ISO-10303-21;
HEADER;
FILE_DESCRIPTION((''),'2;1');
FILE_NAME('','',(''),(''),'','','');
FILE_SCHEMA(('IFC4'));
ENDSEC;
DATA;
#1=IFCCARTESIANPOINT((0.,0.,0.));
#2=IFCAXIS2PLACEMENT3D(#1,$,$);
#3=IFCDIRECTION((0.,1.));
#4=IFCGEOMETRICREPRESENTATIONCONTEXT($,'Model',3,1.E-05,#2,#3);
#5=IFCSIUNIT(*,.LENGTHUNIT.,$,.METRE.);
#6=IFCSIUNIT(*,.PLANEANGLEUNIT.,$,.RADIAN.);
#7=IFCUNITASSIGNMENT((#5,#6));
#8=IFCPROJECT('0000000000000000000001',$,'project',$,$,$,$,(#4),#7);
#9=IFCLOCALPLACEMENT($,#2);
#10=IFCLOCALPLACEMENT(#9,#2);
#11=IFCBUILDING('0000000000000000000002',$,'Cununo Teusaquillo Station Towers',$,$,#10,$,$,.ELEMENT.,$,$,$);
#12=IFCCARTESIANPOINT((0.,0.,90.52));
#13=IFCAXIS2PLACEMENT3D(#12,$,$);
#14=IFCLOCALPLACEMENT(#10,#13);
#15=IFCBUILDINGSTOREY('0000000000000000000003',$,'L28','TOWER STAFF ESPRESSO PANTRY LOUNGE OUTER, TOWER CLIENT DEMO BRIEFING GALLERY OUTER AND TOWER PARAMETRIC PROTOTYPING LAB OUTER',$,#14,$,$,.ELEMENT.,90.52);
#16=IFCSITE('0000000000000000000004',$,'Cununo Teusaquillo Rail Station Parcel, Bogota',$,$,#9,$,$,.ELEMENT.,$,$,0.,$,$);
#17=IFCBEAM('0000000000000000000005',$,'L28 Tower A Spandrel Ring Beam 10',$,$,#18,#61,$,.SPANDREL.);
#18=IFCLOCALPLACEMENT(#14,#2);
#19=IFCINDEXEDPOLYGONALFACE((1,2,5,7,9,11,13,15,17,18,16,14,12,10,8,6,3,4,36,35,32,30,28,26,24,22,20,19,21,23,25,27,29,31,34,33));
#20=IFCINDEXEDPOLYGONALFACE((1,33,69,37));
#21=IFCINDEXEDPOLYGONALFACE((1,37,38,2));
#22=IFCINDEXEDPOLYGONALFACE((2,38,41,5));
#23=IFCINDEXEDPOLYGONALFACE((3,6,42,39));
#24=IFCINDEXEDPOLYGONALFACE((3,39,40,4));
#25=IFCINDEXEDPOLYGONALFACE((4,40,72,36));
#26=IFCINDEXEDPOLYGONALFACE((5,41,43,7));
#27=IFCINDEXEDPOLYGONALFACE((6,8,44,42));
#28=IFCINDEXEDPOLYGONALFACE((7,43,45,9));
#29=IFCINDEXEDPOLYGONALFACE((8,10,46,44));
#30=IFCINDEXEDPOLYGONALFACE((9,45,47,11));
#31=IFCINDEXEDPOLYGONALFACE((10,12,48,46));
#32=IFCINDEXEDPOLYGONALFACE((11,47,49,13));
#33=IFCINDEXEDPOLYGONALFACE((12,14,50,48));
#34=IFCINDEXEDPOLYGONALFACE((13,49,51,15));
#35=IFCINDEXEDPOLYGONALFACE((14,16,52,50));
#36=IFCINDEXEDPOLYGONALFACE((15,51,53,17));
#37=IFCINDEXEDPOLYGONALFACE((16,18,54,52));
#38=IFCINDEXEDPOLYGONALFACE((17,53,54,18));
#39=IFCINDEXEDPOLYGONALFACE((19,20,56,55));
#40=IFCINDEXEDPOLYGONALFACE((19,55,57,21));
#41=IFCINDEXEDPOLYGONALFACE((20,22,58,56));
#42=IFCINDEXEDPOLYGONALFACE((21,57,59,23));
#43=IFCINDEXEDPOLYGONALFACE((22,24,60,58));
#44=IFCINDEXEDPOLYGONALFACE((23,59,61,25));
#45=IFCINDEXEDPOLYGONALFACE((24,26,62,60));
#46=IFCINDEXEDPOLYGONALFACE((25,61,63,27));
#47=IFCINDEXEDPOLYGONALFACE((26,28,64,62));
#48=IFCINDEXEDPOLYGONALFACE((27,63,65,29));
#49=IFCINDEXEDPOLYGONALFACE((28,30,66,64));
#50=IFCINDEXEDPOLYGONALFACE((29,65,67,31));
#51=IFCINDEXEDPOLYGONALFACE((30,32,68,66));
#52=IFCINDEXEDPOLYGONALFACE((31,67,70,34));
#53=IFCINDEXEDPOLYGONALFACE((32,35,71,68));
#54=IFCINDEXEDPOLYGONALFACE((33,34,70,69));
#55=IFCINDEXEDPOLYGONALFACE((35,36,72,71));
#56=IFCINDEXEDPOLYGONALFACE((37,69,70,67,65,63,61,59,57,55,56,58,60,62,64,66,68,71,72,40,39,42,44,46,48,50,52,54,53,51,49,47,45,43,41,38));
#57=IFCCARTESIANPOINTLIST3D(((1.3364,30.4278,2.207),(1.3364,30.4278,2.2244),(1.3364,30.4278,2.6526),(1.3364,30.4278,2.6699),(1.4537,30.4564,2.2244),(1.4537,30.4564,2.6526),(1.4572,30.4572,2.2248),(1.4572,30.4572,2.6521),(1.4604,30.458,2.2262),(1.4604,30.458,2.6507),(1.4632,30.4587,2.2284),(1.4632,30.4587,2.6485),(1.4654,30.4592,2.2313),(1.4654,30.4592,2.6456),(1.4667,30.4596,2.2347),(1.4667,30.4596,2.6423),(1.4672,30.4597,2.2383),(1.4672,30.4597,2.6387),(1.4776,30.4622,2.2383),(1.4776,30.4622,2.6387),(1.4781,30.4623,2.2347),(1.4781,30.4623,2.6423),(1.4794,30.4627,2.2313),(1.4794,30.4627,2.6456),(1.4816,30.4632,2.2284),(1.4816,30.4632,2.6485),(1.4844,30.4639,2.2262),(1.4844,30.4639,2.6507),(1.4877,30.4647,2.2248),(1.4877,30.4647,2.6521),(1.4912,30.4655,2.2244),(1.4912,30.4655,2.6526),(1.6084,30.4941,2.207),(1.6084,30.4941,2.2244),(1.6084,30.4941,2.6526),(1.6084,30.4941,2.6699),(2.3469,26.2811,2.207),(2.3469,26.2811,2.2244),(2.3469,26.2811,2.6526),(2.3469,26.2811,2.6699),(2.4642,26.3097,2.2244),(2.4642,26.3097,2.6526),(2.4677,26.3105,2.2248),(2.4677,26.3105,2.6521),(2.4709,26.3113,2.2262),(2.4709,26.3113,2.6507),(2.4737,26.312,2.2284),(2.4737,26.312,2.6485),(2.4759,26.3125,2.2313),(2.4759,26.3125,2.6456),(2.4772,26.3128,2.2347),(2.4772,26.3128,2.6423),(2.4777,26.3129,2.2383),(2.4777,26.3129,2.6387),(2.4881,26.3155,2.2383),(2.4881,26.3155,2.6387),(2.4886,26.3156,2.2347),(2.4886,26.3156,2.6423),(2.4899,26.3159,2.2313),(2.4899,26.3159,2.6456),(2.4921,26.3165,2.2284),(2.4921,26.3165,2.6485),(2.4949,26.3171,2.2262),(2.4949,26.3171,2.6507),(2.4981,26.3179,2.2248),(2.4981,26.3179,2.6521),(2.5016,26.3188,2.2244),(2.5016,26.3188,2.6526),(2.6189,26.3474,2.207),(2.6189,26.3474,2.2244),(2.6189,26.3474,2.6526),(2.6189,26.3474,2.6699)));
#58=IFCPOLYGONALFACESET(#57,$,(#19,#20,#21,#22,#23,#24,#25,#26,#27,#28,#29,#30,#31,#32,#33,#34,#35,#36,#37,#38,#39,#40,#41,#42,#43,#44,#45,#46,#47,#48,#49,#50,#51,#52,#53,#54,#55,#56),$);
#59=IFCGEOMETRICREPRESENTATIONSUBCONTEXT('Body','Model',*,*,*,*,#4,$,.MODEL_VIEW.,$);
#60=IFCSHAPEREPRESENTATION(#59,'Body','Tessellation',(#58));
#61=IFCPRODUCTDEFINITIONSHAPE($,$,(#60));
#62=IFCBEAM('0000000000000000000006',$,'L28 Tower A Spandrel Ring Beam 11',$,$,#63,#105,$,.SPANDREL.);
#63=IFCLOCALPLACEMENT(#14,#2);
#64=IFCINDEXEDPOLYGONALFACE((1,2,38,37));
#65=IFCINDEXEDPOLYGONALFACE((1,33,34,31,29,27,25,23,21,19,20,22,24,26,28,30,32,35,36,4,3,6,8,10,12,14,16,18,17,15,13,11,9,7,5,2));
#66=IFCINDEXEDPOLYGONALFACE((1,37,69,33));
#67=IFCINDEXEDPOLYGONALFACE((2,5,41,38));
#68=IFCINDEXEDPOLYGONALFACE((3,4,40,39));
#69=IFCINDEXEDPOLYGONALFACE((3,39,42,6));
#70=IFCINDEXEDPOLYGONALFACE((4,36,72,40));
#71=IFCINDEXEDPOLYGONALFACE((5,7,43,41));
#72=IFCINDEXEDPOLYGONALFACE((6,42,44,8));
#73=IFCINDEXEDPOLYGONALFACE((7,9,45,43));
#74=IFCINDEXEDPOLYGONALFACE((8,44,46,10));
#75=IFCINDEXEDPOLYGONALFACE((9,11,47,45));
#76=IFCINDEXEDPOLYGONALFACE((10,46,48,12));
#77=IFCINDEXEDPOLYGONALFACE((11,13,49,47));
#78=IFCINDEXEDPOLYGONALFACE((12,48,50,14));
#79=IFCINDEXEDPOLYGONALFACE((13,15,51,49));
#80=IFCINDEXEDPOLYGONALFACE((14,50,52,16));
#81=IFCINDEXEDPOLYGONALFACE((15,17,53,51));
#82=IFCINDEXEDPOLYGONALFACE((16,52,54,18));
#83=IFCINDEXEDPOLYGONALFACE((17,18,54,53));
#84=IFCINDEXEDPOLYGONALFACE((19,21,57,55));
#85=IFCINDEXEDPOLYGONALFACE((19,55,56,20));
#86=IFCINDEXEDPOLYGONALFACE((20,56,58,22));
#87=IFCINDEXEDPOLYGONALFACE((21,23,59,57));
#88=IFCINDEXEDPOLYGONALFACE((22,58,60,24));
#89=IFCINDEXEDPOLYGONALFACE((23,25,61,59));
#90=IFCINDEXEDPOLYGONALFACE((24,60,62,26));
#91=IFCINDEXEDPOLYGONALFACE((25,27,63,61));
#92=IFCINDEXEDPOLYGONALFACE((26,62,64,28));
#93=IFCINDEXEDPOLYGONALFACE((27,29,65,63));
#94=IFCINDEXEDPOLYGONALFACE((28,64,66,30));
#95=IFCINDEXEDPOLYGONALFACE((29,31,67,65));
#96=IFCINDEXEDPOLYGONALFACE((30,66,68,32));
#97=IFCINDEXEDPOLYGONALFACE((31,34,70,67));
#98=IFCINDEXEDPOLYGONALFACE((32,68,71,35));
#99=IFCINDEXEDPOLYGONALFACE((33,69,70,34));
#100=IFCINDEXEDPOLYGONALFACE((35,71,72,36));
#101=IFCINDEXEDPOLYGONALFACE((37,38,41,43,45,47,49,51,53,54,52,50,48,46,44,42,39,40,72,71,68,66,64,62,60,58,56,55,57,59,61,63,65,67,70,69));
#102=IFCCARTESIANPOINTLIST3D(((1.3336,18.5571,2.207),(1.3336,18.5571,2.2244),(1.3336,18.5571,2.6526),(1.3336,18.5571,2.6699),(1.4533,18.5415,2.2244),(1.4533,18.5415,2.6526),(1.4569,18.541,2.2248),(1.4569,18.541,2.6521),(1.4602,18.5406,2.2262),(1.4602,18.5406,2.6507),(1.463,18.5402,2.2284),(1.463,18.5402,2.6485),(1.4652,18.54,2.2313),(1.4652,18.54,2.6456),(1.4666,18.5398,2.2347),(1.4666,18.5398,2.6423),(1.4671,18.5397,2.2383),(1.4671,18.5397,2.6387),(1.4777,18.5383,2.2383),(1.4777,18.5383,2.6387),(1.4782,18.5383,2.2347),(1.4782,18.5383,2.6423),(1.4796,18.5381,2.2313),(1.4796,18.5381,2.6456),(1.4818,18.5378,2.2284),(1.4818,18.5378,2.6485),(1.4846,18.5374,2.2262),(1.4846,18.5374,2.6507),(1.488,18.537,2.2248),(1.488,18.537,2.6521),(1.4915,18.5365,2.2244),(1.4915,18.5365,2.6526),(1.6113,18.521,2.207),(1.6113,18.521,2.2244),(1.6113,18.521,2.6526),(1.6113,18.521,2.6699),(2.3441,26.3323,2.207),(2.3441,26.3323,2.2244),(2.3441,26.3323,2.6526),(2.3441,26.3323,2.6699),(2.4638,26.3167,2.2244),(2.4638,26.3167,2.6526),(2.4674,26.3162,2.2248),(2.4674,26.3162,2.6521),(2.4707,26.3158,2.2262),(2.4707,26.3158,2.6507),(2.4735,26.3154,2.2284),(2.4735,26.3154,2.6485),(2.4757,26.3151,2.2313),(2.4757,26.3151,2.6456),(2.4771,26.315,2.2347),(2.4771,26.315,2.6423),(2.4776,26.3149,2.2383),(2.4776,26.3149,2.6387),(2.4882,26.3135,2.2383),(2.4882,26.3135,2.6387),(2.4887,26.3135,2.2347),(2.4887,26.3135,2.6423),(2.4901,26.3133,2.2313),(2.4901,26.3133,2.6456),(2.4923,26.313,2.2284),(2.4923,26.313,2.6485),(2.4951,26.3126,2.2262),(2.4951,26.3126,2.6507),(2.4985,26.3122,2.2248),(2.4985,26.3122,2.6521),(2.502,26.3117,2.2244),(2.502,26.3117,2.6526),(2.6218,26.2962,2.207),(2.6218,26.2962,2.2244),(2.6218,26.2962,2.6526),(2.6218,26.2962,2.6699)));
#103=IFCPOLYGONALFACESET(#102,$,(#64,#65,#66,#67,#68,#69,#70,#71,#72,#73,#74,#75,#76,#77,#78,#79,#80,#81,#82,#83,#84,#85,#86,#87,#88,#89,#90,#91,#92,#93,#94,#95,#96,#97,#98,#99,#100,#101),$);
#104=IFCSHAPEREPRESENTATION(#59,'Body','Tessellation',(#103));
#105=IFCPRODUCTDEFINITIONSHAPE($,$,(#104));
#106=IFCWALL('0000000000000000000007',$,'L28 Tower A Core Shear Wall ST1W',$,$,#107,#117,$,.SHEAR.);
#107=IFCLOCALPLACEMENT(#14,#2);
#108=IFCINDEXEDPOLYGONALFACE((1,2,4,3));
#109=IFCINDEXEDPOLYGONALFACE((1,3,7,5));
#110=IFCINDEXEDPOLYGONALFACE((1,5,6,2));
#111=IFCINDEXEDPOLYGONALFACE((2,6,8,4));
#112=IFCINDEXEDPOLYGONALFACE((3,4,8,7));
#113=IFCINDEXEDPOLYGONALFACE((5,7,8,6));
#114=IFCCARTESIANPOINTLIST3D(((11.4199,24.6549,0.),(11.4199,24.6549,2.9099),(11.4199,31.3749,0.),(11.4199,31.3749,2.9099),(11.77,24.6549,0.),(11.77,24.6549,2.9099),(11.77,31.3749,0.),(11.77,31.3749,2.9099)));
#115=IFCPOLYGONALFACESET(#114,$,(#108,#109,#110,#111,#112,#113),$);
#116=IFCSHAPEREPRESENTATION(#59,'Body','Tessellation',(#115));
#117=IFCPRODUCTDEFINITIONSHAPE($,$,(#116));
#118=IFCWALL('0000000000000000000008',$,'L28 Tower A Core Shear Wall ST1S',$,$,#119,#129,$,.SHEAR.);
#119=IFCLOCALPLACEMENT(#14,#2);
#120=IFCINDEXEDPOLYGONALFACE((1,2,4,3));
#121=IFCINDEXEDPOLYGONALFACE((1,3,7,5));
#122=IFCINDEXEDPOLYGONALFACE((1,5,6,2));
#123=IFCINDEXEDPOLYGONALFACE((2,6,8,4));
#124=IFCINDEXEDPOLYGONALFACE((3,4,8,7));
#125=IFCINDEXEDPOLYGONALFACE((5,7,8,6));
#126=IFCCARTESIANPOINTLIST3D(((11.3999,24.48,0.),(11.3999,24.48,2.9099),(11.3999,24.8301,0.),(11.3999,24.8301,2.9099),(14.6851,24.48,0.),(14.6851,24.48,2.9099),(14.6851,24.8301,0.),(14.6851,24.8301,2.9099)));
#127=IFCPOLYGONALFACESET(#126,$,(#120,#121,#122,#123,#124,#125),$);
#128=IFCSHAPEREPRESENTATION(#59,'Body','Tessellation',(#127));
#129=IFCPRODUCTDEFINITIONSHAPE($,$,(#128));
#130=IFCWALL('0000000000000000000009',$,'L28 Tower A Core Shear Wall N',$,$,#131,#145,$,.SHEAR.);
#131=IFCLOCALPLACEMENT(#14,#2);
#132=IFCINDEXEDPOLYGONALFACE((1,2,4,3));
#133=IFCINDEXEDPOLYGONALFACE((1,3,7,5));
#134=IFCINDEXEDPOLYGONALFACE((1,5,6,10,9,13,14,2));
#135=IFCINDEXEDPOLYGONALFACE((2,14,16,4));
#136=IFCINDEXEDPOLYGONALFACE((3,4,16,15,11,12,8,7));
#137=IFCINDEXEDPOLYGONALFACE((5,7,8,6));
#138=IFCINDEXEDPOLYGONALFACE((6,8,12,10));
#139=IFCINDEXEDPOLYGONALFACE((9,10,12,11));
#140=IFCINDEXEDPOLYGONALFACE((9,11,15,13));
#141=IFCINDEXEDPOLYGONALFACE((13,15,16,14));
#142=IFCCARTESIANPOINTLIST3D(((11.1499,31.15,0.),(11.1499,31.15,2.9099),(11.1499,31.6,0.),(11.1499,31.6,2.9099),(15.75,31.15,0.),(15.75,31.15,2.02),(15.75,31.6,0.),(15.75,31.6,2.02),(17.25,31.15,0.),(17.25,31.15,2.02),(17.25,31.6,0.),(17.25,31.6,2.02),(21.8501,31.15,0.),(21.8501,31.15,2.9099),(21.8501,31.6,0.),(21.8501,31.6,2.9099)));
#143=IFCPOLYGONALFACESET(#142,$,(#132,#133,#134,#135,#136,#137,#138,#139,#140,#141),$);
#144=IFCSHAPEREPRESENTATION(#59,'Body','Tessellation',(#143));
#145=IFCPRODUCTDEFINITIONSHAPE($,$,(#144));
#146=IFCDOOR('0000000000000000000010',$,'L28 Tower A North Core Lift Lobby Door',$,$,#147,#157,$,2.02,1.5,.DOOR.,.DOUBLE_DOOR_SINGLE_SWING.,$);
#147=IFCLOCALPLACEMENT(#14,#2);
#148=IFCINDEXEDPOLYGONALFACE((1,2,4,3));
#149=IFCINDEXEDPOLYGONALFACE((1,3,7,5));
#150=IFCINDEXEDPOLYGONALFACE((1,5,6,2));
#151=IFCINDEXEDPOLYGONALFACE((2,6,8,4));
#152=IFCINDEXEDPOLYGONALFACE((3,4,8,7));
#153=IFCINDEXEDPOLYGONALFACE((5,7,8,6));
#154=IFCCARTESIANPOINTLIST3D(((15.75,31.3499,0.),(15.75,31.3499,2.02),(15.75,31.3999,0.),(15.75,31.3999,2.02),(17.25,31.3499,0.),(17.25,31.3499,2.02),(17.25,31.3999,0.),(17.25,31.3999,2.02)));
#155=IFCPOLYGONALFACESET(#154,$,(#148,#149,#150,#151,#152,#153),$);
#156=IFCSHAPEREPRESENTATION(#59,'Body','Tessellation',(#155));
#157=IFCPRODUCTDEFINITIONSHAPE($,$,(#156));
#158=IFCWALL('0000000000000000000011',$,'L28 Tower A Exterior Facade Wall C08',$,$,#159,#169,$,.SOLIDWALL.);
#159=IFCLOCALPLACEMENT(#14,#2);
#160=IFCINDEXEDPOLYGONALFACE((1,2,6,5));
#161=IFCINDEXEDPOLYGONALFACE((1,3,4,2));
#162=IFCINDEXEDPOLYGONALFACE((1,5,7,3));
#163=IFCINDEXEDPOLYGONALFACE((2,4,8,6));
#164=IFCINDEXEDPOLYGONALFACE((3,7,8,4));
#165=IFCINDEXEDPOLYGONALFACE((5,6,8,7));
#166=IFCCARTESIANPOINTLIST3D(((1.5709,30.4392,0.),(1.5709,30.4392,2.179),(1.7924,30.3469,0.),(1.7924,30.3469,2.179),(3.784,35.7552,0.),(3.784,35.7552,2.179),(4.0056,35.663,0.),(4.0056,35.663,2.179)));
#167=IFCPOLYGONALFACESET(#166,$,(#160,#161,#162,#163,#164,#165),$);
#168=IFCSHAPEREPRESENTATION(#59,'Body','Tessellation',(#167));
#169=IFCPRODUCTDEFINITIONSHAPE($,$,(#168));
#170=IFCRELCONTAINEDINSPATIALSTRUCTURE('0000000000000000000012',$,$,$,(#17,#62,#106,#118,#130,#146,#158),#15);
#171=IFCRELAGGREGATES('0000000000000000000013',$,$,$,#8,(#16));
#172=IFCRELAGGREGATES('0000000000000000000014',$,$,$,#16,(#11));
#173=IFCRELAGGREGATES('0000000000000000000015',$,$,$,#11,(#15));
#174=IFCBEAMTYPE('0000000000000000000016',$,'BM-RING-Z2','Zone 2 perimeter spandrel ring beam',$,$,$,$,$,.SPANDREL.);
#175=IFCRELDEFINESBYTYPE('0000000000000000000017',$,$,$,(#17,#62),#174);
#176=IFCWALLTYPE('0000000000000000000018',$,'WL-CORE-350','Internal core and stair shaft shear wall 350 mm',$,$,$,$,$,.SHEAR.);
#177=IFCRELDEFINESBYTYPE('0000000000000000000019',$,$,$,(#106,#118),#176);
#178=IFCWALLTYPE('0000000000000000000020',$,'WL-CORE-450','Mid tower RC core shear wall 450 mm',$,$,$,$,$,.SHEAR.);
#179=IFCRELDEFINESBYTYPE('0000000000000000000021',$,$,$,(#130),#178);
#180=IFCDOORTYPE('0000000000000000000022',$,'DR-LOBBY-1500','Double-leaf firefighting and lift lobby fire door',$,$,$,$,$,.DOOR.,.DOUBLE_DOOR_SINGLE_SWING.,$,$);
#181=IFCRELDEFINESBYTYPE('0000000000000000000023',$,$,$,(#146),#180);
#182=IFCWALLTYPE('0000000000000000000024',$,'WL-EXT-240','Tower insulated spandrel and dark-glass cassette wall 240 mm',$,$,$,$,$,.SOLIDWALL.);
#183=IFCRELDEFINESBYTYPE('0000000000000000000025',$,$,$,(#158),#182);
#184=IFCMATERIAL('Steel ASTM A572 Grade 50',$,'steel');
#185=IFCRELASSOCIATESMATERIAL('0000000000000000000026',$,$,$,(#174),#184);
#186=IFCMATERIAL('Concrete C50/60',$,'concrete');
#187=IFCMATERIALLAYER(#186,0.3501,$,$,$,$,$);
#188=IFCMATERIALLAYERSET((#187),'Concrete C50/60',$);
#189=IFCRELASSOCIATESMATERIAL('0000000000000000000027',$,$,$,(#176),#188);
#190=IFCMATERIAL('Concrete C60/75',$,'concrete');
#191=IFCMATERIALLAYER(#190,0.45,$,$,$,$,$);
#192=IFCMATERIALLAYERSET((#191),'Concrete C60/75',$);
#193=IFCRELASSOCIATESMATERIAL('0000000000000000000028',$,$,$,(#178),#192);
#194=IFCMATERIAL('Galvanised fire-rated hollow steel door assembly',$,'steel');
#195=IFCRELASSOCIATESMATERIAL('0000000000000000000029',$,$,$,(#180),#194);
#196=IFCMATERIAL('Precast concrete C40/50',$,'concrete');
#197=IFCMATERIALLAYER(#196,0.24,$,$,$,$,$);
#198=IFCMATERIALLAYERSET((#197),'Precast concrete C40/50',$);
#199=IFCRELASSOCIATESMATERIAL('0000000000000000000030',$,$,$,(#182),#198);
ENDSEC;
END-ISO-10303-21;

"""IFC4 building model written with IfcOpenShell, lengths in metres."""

from ifc_helpers import new_model, si_unit, direction, frame, frame_2d, origin, origin_2d, place, context, subcontext, project, spatial, rectangle, i_section, extrude, source, transform, mapped, material, layer, layer_set, material_profile, profile_set, type_object, element, fill, save


model = new_model("IFC4")

# Units and contexts
model_context = context("Model", 3, precision=1e-05, world=origin(), true_north=direction((0.0, 1.0)))
body_context = subcontext(model_context, "Body", "Model", "MODEL_VIEW")
ifc_project = project(units=[si_unit("LENGTHUNIT", "METRE"), si_unit("PLANEANGLEUNIT", "RADIAN")], contexts=[model_context])

# Site, building, storey
site_placement = place(None, origin())
site = spatial("IfcSite", under=ifc_project, at=site_placement, Name="Cununo Teusaquillo Rail Station Parcel, Bogota", CompositionType="ELEMENT", RefElevation=0.0)
building_placement = place(site_placement, origin())
building = spatial("IfcBuilding", under=site, at=building_placement, Name="Cununo Teusaquillo Station Towers", CompositionType="ELEMENT")
storey_placement = place(building_placement, frame((0.0, 0.0, 90.52)))
storey = spatial("IfcBuildingStorey", under=building, at=storey_placement, Name="L28", Description="TOWER STAFF ESPRESSO PANTRY LOUNGE OUTER, TOWER CLIENT DEMO BRIEFING GALLERY OUTER AND TOWER PARAMETRIC PROTOTYPING LAB OUTER", CompositionType="ELEMENT", Elevation=90.52)

# Beams
ifc_material_1 = material(Name="Steel ASTM A572 Grade 50", Category="steel")
ifc_material_profile_1 = material_profile(ifc_material_1, i_section(OverallWidth=0.28, OverallDepth=0.4629, WebThickness=0.0107, FlangeThickness=0.0173, FilletRadius=0.0139, at=origin_2d()), Name="W18X76")
ifc_profile_set_1 = profile_set([ifc_material_profile_1], Name="Steel ASTM A572 Grade 50")
beam_type_1 = type_object("IfcBeamType", Name="BM-RING-Z2", Description="Zone 2 perimeter spandrel ring beam", PredefinedType="SPANDREL", material=ifc_profile_set_1)
beam_1_placement = place(storey_placement, frame((1.4724, 30.4609, 2.4385), z_axis=(0.236757, -0.971569, 0.0), x_axis=(0.971569, 0.236757, 0.0)))
element("IfcBeam", 1, at=beam_1_placement, inside=storey, type_object=beam_type_1, Name="L28 Tower A Spandrel Ring Beam 10", PredefinedType="SPANDREL", context=body_context, shape_type="SweptSolid", body=[
    extrude(i_section(OverallWidth=0.28, OverallDepth=0.4629, WebThickness=0.0107, FlangeThickness=0.0173, FilletRadius=0.0139, at=origin_2d()), origin(), (0.0, 0.0, 1.0), 4.2681),
])
beam_2_placement = place(storey_placement, frame((2.4829, 26.3142, 2.4385), z_axis=(-0.128881, -0.99166, 0.0), x_axis=(0.99166, -0.128881, 0.0)))
element("IfcBeam", 2, at=beam_2_placement, inside=storey, type_object=beam_type_1, Name="L28 Tower A Spandrel Ring Beam 11", PredefinedType="SPANDREL", context=body_context, shape_type="SweptSolid", body=[
    extrude(i_section(OverallWidth=0.28, OverallDepth=0.4629, WebThickness=0.0107, FlangeThickness=0.0173, FilletRadius=0.0139, at=origin_2d()), origin(), (0.0, 0.0, 1.0), 7.8406),
])

# Walls
ifc_material_2 = material(Name="Concrete C50/60", Category="concrete")
ifc_layer_1 = layer(ifc_material_2, 0.3501)
ifc_layer_set_1 = layer_set([ifc_layer_1], Name="Concrete C50/60")
wall_type_1 = type_object("IfcWallType", Name="WL-CORE-350", Description="Internal core and stair shaft shear wall 350 mm", PredefinedType="SHEAR", material=ifc_layer_set_1)
wall_1_placement = place(storey_placement, frame((11.595, 24.655, 0.0), z_axis=(0.0, 0.0, 1.0), x_axis=(0.0, 1.0, 0.0)))
element("IfcWall", 3, at=wall_1_placement, inside=storey, type_object=wall_type_1, Name="L28 Tower A Core Shear Wall ST1W", PredefinedType="SHEAR", context=body_context, shape_type="SweptSolid", body=[
    extrude(rectangle(XDim=6.72, YDim=0.3501, at=frame_2d((3.3599, 0.0))), origin(), (0.0, 0.0, 1.0), 2.9099),
])
wall_2_placement = place(storey_placement, frame((11.3999, 24.655, 0.0), z_axis=(0.0, 0.0, 1.0), x_axis=(1.0, 0.0, 0.0)))
element("IfcWall", 4, at=wall_2_placement, inside=storey, type_object=wall_type_1, Name="L28 Tower A Core Shear Wall ST1S", PredefinedType="SHEAR", context=body_context, shape_type="SweptSolid", body=[
    extrude(rectangle(XDim=3.2852, YDim=0.3501, at=frame_2d((1.6426, 0.0))), origin(), (0.0, 0.0, 1.0), 2.9099),
])

# Wall, opening, door
ifc_material_3 = material(Name="Concrete C60/75", Category="concrete")
ifc_layer_2 = layer(ifc_material_3, 0.45)
ifc_layer_set_2 = layer_set([ifc_layer_2], Name="Concrete C60/75")
wall_type_2 = type_object("IfcWallType", Name="WL-CORE-450", Description="Mid tower RC core shear wall 450 mm", PredefinedType="SHEAR", material=ifc_layer_set_2)
wall_3_placement = place(storey_placement, frame((11.1499, 31.375, 0.0), z_axis=(0.0, 0.0, 1.0), x_axis=(1.0, 0.0, 0.0)))
wall_3 = element("IfcWall", 5, at=wall_3_placement, inside=storey, type_object=wall_type_2, Name="L28 Tower A Core Shear Wall N", PredefinedType="SHEAR", context=body_context, shape_type="SweptSolid", body=[
    extrude(rectangle(XDim=10.7002, YDim=0.45, at=frame_2d((5.3501, 0.0))), origin(), (0.0, 0.0, 1.0), 2.9099),
])
shared_shape_1 = source(origin(), body_context, "Body", "SweptSolid", [
    extrude(rectangle(XDim=1.5, YDim=2.02, at=frame_2d((0.75, 1.01))), frame((0.0, 0.2349, 0.0), z_axis=(0.0, -1.0, 0.0), x_axis=(1.0, 0.0, 0.0)), (0.0, 0.0, 1.0), 0.47),
])
opening_1_placement = place(wall_3_placement, frame((4.6001, 0.0, 0.0)))
opening_1 = element("IfcOpeningElement", 6, at=opening_1_placement, cuts=wall_3, PredefinedType="OPENING", context=body_context, shape_type="MappedRepresentation", body=[
    mapped(shared_shape_1, transform((0.0, 0.0, 0.0), x_axis=(1.0, 0.0, 0.0), y_axis=(0.0, 1.0, 0.0), z_axis=(0.0, 0.0, 1.0), scale=1.0)),
])
ifc_material_4 = material(Name="Galvanised fire-rated hollow steel door assembly", Category="steel")
door_type_1 = type_object("IfcDoorType", Name="DR-LOBBY-1500", Description="Double-leaf firefighting and lift lobby fire door", OperationType="DOUBLE_DOOR_SINGLE_SWING", PredefinedType="DOOR", material=ifc_material_4)
shared_shape_2 = source(origin(), body_context, "Body", "SweptSolid", [
    extrude(rectangle(XDim=1.5, YDim=2.02, at=frame_2d((0.75, 1.01))), frame((0.0, 0.0249, 0.0), z_axis=(0.0, -1.0, 0.0), x_axis=(1.0, 0.0, 0.0)), (0.0, 0.0, 1.0), 0.05),
])
door_1_placement = place(opening_1_placement, origin())
door_1 = element("IfcDoor", 7, at=door_1_placement, inside=storey, type_object=door_type_1, Name="L28 Tower A North Core Lift Lobby Door", OperationType="DOUBLE_DOOR_SINGLE_SWING", OverallHeight=2.02, OverallWidth=1.5, PredefinedType="DOOR", context=body_context, shape_type="MappedRepresentation", body=[
    mapped(shared_shape_2, transform((0.0, 0.0, 0.0), x_axis=(1.0, 0.0, 0.0), y_axis=(0.0, 1.0, 0.0), z_axis=(0.0, 0.0, 1.0), scale=1.0)),
])
fill(opening_1, door_1)

# Wall
ifc_material_5 = material(Name="Precast concrete C40/50", Category="concrete")
ifc_layer_3 = layer(ifc_material_5, 0.24)
ifc_layer_set_3 = layer_set([ifc_layer_3], Name="Precast concrete C40/50")
wall_type_3 = type_object("IfcWallType", Name="WL-EXT-240", Description="Tower insulated spandrel and dark-glass cassette wall 240 mm", PredefinedType="SOLIDWALL", material=ifc_layer_set_3)
wall_4_placement = place(storey_placement, frame((1.6816, 30.3931, 0.0), z_axis=(0.0, 0.0, 1.0), x_axis=(0.384344, 0.92319, 0.0)))
element("IfcWall", 8, at=wall_4_placement, inside=storey, type_object=wall_type_3, Name="L28 Tower A Exterior Facade Wall C08", PredefinedType="SOLIDWALL", context=body_context, shape_type="SweptSolid", body=[
    extrude(rectangle(XDim=5.7583, YDim=0.24, at=frame_2d((2.8792, 0.0))), origin(), (0.0, 0.0, 1.0), 2.179),
])

save(model, "model.ifc")
